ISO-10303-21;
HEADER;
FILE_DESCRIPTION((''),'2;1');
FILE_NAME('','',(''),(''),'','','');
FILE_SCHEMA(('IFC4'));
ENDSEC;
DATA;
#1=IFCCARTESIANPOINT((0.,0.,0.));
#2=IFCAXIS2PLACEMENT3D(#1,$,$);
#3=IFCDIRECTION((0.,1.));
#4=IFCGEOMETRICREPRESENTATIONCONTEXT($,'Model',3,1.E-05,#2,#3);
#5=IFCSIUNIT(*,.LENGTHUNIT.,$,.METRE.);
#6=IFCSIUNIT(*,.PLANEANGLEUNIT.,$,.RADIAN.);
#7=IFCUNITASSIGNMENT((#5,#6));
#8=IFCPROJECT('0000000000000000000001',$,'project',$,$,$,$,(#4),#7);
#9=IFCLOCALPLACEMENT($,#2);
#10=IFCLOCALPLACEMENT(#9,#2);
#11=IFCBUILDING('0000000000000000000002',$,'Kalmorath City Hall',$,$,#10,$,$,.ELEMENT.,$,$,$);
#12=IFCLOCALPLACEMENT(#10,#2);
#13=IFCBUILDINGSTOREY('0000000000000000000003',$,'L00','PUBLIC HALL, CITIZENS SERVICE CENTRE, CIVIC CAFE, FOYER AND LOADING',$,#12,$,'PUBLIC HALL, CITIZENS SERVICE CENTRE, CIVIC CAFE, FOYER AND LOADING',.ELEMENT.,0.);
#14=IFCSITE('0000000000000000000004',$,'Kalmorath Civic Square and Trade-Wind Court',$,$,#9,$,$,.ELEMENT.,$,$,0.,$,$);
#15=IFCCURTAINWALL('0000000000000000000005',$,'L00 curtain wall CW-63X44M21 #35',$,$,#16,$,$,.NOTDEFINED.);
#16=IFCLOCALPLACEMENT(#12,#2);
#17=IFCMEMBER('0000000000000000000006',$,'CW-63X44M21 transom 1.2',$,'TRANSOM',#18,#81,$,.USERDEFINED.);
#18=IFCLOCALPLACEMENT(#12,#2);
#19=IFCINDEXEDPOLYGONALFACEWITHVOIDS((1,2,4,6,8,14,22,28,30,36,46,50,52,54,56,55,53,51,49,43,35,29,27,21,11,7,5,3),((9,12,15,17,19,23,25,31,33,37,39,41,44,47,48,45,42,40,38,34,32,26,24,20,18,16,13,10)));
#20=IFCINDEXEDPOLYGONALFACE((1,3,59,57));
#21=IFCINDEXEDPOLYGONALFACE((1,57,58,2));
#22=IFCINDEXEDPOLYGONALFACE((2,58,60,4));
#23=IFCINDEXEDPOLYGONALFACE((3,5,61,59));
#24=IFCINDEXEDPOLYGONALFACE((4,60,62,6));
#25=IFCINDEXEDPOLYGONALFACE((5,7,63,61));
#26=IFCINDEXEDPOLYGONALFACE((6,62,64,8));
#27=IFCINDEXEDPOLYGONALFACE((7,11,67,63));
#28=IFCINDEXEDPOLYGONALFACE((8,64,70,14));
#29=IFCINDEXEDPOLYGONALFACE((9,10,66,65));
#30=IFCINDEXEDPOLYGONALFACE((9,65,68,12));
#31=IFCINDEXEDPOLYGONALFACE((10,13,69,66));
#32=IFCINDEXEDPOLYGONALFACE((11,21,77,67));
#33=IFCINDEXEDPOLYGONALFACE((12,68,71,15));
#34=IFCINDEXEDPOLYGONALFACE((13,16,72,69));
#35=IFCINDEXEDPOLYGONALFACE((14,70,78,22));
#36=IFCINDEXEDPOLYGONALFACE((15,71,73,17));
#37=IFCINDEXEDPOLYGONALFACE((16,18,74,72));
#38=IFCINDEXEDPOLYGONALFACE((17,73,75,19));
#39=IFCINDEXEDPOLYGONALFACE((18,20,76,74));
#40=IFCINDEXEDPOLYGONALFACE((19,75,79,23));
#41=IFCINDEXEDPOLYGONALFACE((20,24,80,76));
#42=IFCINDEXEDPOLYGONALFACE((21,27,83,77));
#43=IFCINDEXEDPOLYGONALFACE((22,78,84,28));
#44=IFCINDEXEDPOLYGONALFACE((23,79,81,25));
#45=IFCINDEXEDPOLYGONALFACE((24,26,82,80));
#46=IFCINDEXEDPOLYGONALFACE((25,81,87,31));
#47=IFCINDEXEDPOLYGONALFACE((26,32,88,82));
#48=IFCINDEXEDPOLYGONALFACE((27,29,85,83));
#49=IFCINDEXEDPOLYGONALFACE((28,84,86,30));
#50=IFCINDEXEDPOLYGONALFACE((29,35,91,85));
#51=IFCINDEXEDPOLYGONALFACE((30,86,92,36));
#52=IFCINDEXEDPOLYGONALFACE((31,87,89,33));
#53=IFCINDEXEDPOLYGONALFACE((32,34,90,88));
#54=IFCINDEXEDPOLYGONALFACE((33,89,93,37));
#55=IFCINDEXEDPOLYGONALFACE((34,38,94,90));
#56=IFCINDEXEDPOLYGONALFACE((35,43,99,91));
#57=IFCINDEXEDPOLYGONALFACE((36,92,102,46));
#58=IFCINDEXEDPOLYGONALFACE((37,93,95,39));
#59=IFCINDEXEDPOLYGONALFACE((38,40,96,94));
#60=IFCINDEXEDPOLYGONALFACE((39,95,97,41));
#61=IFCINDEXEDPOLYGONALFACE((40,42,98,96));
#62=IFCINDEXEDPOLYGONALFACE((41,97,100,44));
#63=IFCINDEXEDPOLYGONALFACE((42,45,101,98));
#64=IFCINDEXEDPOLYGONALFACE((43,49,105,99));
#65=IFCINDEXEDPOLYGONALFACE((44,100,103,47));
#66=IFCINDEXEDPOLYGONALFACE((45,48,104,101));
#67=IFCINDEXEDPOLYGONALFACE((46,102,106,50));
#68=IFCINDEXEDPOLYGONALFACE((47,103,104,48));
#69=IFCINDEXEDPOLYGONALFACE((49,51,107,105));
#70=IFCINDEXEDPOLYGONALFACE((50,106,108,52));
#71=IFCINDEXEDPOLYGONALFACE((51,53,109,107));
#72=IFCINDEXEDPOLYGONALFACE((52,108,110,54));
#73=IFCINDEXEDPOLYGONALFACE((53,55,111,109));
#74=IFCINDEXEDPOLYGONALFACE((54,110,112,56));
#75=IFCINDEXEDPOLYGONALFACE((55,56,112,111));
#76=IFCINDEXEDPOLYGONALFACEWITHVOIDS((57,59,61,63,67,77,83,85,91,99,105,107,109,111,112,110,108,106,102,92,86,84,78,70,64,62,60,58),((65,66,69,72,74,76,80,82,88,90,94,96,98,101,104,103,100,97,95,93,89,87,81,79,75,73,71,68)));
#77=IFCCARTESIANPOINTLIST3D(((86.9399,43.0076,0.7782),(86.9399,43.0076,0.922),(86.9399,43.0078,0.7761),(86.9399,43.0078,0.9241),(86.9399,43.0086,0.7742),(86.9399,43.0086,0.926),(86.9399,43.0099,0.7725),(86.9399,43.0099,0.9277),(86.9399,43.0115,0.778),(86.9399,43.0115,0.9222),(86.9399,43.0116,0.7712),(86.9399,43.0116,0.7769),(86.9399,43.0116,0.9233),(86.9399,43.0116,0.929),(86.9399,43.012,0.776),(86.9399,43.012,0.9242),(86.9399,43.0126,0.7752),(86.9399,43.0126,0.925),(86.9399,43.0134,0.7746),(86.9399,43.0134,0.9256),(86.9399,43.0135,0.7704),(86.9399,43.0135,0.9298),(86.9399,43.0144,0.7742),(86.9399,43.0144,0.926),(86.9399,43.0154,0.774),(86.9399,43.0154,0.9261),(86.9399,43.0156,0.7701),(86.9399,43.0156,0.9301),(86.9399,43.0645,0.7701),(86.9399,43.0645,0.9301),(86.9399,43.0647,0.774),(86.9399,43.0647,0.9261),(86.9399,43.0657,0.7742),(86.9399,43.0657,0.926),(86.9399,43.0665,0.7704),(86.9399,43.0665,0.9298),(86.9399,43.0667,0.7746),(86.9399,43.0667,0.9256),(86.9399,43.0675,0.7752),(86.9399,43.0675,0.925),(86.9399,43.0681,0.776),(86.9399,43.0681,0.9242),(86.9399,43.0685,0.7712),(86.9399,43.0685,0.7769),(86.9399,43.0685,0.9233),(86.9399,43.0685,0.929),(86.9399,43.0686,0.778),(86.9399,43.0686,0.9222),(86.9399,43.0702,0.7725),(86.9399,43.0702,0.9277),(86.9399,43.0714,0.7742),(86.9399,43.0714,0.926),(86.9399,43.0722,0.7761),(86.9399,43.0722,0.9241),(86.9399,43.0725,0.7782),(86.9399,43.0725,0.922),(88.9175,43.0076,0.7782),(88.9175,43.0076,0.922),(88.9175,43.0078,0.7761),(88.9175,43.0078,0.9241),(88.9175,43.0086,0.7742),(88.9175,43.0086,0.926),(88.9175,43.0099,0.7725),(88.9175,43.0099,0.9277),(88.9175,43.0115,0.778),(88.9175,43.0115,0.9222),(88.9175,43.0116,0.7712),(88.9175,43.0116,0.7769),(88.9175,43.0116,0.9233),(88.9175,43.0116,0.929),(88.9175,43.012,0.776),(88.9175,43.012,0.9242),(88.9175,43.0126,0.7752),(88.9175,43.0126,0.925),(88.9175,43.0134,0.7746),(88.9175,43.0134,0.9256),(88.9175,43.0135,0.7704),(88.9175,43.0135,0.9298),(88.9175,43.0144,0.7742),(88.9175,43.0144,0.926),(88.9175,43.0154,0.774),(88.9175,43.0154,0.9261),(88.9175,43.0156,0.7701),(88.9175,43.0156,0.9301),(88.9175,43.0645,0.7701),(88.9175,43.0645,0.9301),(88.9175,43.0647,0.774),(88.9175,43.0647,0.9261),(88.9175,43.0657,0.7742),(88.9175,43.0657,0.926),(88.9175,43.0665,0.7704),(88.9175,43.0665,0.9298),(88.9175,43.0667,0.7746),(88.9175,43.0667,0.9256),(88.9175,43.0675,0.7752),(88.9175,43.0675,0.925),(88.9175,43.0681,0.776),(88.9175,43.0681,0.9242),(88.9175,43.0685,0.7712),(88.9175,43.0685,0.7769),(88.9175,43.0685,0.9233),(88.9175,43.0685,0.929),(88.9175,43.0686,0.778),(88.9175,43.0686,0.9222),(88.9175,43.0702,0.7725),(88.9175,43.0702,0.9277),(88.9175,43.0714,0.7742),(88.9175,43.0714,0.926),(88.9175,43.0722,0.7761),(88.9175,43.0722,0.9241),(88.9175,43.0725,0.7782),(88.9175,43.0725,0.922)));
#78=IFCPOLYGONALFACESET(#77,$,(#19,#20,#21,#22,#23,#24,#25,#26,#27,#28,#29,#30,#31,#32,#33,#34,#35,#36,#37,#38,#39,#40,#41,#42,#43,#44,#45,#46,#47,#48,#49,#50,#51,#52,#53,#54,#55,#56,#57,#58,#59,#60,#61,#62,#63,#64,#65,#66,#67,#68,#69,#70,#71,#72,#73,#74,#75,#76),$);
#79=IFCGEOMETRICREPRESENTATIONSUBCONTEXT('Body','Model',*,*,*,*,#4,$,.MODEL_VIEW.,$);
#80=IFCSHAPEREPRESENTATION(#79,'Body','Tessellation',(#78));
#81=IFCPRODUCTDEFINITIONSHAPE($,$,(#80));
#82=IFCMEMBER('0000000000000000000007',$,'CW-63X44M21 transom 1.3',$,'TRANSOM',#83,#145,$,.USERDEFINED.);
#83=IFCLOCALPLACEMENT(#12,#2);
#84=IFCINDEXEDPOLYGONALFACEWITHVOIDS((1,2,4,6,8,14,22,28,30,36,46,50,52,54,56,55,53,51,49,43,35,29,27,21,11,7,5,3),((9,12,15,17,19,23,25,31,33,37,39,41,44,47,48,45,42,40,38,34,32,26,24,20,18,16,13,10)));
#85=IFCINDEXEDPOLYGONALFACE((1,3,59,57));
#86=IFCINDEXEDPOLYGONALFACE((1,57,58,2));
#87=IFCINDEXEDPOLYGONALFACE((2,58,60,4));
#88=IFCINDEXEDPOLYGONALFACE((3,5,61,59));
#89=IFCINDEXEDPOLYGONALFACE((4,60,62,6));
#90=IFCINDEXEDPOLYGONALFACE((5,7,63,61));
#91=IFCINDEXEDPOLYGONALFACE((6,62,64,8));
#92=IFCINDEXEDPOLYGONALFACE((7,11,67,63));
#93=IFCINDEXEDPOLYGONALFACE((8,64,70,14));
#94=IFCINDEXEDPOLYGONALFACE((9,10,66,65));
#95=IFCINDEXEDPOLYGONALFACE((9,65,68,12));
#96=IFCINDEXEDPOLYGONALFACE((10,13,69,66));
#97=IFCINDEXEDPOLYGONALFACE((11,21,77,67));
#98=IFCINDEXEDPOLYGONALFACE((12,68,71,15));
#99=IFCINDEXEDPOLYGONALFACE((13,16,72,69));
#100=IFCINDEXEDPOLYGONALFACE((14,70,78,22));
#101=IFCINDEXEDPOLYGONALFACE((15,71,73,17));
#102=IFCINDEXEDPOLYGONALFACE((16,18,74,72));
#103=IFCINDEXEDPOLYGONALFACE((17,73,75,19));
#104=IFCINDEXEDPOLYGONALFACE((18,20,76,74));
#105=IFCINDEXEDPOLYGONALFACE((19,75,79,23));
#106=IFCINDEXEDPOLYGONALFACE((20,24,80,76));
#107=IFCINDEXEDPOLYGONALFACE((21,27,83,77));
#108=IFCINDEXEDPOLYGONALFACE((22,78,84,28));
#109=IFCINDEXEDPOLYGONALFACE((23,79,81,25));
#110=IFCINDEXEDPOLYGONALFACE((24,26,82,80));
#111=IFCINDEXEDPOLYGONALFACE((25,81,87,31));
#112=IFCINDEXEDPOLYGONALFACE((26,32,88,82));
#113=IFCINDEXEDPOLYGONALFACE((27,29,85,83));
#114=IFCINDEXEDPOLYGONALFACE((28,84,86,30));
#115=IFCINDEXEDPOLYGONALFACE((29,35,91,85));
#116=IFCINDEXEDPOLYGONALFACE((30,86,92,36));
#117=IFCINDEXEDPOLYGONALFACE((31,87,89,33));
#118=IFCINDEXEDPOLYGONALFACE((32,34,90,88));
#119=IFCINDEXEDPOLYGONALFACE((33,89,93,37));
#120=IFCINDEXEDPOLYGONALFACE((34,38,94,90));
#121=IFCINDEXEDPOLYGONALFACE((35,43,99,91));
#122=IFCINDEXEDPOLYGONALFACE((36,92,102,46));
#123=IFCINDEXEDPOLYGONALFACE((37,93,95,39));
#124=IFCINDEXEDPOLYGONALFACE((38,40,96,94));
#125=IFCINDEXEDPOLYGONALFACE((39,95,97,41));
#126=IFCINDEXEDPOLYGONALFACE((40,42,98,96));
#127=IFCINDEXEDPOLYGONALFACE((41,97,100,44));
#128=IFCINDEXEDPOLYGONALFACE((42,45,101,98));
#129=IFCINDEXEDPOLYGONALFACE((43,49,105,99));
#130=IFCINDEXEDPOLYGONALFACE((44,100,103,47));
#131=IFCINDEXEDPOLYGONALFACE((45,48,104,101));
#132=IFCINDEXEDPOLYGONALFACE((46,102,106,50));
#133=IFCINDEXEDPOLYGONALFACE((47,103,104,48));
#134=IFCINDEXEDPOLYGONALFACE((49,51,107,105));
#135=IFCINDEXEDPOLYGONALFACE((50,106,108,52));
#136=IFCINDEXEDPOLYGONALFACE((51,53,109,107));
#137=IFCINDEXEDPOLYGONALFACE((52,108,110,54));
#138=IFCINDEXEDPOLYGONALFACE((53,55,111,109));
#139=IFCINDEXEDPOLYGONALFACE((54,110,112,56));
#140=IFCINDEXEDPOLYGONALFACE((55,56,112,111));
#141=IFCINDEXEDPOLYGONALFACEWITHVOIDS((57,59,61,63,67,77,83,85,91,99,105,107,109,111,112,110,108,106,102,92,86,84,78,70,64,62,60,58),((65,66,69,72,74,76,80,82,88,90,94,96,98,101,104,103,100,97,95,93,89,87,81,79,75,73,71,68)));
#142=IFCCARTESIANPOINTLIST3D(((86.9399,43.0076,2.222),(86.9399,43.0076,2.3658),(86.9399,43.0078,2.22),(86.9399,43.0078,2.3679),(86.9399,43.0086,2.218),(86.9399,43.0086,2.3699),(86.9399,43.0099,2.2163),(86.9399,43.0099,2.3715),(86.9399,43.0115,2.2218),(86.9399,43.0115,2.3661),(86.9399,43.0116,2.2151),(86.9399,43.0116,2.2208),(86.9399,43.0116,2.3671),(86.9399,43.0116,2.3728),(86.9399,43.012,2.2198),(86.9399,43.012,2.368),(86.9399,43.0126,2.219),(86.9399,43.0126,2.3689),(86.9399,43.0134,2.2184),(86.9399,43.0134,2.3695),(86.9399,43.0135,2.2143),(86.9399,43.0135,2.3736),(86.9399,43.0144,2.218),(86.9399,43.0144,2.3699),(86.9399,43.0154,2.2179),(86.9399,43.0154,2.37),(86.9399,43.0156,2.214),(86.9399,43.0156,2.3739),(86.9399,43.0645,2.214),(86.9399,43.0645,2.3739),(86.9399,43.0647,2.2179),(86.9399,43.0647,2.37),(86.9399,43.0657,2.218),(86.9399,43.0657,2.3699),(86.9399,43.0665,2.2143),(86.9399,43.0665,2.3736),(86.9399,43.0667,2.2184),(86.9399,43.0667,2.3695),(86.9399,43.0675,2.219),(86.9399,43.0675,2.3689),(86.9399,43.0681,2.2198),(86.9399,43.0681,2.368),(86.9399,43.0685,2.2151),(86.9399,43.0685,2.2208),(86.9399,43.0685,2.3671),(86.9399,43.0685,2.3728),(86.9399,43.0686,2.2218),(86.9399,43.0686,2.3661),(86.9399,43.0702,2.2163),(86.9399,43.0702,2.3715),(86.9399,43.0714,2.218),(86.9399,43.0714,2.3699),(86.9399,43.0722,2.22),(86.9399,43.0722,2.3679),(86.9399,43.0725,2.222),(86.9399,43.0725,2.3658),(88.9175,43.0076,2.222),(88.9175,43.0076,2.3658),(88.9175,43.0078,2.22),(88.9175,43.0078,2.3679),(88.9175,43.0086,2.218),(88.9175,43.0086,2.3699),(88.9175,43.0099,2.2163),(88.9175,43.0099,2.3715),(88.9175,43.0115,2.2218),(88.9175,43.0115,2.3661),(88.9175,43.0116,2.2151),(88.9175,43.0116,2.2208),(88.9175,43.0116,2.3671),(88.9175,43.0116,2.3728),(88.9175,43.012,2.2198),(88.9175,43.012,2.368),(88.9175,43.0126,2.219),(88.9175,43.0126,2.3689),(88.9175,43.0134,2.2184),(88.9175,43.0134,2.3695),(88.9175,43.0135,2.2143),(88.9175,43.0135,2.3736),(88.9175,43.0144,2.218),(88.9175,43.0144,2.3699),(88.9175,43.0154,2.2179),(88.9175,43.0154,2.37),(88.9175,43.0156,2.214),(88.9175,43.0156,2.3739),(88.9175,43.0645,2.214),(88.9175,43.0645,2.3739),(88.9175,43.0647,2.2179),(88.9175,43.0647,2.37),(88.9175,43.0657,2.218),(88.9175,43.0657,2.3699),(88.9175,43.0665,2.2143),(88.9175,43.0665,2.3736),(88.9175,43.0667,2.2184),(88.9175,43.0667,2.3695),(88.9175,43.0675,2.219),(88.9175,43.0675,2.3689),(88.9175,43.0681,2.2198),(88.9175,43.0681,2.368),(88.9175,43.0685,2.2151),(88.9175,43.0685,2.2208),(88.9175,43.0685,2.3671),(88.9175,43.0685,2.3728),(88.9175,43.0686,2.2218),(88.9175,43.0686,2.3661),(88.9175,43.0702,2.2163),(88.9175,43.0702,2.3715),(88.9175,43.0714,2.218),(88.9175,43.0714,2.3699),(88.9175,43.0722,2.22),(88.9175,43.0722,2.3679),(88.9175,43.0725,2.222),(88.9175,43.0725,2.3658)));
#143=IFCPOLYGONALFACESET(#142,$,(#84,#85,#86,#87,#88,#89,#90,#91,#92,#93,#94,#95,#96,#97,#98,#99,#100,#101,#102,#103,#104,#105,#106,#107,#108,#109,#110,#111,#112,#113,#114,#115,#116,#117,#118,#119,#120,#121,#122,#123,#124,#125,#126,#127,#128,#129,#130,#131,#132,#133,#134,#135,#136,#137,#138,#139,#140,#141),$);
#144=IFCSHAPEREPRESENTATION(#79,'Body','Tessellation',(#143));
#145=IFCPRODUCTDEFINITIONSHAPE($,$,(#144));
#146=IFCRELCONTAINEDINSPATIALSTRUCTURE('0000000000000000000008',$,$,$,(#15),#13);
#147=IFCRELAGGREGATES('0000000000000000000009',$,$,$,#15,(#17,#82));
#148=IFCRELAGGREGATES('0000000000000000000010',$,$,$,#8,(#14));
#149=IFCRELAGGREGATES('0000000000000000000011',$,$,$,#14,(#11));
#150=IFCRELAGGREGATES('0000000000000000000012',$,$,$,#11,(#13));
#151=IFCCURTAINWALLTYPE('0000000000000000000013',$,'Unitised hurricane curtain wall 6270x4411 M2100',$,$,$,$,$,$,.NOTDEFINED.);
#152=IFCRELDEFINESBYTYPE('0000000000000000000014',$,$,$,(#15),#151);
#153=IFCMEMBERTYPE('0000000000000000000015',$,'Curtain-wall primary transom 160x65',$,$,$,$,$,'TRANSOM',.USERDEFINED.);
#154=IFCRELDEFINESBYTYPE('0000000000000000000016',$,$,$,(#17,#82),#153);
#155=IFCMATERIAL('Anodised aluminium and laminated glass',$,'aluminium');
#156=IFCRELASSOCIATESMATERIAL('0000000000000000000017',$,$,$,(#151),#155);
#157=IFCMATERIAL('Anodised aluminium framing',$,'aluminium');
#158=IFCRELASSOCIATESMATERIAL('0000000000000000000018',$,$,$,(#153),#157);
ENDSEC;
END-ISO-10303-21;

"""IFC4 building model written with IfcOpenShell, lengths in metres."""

from ifc_helpers import new_model, si_unit, direction, frame, origin, origin_2d, place, context, subcontext, project, spatial, hollow_rectangle, extrude, material, material_profile, profile_set, type_object, element, aggregate, save


model = new_model("IFC4")

# Units and contexts
model_context = context("Model", 3, precision=1e-05, world=origin(), true_north=direction((0.0, 1.0)))
body_context = subcontext(model_context, "Body", "Model", "MODEL_VIEW")
ifc_project = project(units=[si_unit("LENGTHUNIT", "METRE"), si_unit("PLANEANGLEUNIT", "RADIAN")], contexts=[model_context])

# Site, building, storey
site_placement = place(None, origin())
site = spatial("IfcSite", under=ifc_project, at=site_placement, Name="Kalmorath Civic Square and Trade-Wind Court", CompositionType="ELEMENT", RefElevation=0.0)
building_placement = place(site_placement, origin())
building = spatial("IfcBuilding", under=site, at=building_placement, Name="Kalmorath City Hall", CompositionType="ELEMENT")
storey_placement = place(building_placement, origin())
storey = spatial("IfcBuildingStorey", under=building, at=storey_placement, Name="L00", Description="PUBLIC HALL, CITIZENS SERVICE CENTRE, CIVIC CAFE, FOYER AND LOADING", LongName="PUBLIC HALL, CITIZENS SERVICE CENTRE, CIVIC CAFE, FOYER AND LOADING", CompositionType="ELEMENT", Elevation=0.0)

# Curtain wall
ifc_material_1 = material(Name="Anodised aluminium and laminated glass", Category="aluminium")
curtain_wall_type_1 = type_object("IfcCurtainWallType", Name="Unitised hurricane curtain wall 6270x4411 M2100", PredefinedType="NOTDEFINED", material=ifc_material_1)
curtain_wall_1_placement = place(storey_placement, origin())
curtain_wall_1 = element("IfcCurtainWall", 1, at=curtain_wall_1_placement, inside=storey, type_object=curtain_wall_type_1, Name="L00 curtain wall CW-63X44M21 #35", PredefinedType="NOTDEFINED")

# Members
ifc_material_2 = material(Name="Anodised aluminium framing", Category="aluminium")
ifc_material_profile_1 = material_profile(ifc_material_2, hollow_rectangle(XDim=0.0649, YDim=0.1599, WallThickness=0.0039, InnerFilletRadius=0.0039, OuterFilletRadius=0.0081, at=origin_2d()), Name="ALU-TRN-160X65X4")
ifc_profile_set_1 = profile_set([ifc_material_profile_1], Name="Anodised aluminium framing")
member_type_1 = type_object("IfcMemberType", Name="Curtain-wall primary transom 160x65", ElementType="TRANSOM", PredefinedType="USERDEFINED", material=ifc_profile_set_1)
member_1_placement = place(storey_placement, frame((86.9399, 43.04, 0.8501), z_axis=(1.0, 0.0, 0.0), x_axis=(0.0, 1.0, 0.0)))
member_1 = element("IfcMember", 2, at=member_1_placement, type_object=member_type_1, Name="CW-63X44M21 transom 1.2", ObjectType="TRANSOM", PredefinedType="USERDEFINED", context=body_context, shape_type="SweptSolid", body=[
    extrude(hollow_rectangle(XDim=0.0649, YDim=0.1599, WallThickness=0.0039, InnerFilletRadius=0.0039, OuterFilletRadius=0.0081, at=origin_2d()), origin(), (0.0, 0.0, 1.0), 1.9775),
])
member_2_placement = place(storey_placement, frame((86.9399, 43.04, 2.2939), z_axis=(1.0, 0.0, 0.0), x_axis=(0.0, 1.0, 0.0)))
member_2 = element("IfcMember", 3, at=member_2_placement, type_object=member_type_1, Name="CW-63X44M21 transom 1.3", ObjectType="TRANSOM", PredefinedType="USERDEFINED", context=body_context, shape_type="SweptSolid", body=[
    extrude(hollow_rectangle(XDim=0.0649, YDim=0.1599, WallThickness=0.0039, InnerFilletRadius=0.0039, OuterFilletRadius=0.0081, at=origin_2d()), origin(), (0.0, 0.0, 1.0), 1.9775),
])

aggregate(curtain_wall_1, [member_1, member_2])

save(model, "model.ifc")
